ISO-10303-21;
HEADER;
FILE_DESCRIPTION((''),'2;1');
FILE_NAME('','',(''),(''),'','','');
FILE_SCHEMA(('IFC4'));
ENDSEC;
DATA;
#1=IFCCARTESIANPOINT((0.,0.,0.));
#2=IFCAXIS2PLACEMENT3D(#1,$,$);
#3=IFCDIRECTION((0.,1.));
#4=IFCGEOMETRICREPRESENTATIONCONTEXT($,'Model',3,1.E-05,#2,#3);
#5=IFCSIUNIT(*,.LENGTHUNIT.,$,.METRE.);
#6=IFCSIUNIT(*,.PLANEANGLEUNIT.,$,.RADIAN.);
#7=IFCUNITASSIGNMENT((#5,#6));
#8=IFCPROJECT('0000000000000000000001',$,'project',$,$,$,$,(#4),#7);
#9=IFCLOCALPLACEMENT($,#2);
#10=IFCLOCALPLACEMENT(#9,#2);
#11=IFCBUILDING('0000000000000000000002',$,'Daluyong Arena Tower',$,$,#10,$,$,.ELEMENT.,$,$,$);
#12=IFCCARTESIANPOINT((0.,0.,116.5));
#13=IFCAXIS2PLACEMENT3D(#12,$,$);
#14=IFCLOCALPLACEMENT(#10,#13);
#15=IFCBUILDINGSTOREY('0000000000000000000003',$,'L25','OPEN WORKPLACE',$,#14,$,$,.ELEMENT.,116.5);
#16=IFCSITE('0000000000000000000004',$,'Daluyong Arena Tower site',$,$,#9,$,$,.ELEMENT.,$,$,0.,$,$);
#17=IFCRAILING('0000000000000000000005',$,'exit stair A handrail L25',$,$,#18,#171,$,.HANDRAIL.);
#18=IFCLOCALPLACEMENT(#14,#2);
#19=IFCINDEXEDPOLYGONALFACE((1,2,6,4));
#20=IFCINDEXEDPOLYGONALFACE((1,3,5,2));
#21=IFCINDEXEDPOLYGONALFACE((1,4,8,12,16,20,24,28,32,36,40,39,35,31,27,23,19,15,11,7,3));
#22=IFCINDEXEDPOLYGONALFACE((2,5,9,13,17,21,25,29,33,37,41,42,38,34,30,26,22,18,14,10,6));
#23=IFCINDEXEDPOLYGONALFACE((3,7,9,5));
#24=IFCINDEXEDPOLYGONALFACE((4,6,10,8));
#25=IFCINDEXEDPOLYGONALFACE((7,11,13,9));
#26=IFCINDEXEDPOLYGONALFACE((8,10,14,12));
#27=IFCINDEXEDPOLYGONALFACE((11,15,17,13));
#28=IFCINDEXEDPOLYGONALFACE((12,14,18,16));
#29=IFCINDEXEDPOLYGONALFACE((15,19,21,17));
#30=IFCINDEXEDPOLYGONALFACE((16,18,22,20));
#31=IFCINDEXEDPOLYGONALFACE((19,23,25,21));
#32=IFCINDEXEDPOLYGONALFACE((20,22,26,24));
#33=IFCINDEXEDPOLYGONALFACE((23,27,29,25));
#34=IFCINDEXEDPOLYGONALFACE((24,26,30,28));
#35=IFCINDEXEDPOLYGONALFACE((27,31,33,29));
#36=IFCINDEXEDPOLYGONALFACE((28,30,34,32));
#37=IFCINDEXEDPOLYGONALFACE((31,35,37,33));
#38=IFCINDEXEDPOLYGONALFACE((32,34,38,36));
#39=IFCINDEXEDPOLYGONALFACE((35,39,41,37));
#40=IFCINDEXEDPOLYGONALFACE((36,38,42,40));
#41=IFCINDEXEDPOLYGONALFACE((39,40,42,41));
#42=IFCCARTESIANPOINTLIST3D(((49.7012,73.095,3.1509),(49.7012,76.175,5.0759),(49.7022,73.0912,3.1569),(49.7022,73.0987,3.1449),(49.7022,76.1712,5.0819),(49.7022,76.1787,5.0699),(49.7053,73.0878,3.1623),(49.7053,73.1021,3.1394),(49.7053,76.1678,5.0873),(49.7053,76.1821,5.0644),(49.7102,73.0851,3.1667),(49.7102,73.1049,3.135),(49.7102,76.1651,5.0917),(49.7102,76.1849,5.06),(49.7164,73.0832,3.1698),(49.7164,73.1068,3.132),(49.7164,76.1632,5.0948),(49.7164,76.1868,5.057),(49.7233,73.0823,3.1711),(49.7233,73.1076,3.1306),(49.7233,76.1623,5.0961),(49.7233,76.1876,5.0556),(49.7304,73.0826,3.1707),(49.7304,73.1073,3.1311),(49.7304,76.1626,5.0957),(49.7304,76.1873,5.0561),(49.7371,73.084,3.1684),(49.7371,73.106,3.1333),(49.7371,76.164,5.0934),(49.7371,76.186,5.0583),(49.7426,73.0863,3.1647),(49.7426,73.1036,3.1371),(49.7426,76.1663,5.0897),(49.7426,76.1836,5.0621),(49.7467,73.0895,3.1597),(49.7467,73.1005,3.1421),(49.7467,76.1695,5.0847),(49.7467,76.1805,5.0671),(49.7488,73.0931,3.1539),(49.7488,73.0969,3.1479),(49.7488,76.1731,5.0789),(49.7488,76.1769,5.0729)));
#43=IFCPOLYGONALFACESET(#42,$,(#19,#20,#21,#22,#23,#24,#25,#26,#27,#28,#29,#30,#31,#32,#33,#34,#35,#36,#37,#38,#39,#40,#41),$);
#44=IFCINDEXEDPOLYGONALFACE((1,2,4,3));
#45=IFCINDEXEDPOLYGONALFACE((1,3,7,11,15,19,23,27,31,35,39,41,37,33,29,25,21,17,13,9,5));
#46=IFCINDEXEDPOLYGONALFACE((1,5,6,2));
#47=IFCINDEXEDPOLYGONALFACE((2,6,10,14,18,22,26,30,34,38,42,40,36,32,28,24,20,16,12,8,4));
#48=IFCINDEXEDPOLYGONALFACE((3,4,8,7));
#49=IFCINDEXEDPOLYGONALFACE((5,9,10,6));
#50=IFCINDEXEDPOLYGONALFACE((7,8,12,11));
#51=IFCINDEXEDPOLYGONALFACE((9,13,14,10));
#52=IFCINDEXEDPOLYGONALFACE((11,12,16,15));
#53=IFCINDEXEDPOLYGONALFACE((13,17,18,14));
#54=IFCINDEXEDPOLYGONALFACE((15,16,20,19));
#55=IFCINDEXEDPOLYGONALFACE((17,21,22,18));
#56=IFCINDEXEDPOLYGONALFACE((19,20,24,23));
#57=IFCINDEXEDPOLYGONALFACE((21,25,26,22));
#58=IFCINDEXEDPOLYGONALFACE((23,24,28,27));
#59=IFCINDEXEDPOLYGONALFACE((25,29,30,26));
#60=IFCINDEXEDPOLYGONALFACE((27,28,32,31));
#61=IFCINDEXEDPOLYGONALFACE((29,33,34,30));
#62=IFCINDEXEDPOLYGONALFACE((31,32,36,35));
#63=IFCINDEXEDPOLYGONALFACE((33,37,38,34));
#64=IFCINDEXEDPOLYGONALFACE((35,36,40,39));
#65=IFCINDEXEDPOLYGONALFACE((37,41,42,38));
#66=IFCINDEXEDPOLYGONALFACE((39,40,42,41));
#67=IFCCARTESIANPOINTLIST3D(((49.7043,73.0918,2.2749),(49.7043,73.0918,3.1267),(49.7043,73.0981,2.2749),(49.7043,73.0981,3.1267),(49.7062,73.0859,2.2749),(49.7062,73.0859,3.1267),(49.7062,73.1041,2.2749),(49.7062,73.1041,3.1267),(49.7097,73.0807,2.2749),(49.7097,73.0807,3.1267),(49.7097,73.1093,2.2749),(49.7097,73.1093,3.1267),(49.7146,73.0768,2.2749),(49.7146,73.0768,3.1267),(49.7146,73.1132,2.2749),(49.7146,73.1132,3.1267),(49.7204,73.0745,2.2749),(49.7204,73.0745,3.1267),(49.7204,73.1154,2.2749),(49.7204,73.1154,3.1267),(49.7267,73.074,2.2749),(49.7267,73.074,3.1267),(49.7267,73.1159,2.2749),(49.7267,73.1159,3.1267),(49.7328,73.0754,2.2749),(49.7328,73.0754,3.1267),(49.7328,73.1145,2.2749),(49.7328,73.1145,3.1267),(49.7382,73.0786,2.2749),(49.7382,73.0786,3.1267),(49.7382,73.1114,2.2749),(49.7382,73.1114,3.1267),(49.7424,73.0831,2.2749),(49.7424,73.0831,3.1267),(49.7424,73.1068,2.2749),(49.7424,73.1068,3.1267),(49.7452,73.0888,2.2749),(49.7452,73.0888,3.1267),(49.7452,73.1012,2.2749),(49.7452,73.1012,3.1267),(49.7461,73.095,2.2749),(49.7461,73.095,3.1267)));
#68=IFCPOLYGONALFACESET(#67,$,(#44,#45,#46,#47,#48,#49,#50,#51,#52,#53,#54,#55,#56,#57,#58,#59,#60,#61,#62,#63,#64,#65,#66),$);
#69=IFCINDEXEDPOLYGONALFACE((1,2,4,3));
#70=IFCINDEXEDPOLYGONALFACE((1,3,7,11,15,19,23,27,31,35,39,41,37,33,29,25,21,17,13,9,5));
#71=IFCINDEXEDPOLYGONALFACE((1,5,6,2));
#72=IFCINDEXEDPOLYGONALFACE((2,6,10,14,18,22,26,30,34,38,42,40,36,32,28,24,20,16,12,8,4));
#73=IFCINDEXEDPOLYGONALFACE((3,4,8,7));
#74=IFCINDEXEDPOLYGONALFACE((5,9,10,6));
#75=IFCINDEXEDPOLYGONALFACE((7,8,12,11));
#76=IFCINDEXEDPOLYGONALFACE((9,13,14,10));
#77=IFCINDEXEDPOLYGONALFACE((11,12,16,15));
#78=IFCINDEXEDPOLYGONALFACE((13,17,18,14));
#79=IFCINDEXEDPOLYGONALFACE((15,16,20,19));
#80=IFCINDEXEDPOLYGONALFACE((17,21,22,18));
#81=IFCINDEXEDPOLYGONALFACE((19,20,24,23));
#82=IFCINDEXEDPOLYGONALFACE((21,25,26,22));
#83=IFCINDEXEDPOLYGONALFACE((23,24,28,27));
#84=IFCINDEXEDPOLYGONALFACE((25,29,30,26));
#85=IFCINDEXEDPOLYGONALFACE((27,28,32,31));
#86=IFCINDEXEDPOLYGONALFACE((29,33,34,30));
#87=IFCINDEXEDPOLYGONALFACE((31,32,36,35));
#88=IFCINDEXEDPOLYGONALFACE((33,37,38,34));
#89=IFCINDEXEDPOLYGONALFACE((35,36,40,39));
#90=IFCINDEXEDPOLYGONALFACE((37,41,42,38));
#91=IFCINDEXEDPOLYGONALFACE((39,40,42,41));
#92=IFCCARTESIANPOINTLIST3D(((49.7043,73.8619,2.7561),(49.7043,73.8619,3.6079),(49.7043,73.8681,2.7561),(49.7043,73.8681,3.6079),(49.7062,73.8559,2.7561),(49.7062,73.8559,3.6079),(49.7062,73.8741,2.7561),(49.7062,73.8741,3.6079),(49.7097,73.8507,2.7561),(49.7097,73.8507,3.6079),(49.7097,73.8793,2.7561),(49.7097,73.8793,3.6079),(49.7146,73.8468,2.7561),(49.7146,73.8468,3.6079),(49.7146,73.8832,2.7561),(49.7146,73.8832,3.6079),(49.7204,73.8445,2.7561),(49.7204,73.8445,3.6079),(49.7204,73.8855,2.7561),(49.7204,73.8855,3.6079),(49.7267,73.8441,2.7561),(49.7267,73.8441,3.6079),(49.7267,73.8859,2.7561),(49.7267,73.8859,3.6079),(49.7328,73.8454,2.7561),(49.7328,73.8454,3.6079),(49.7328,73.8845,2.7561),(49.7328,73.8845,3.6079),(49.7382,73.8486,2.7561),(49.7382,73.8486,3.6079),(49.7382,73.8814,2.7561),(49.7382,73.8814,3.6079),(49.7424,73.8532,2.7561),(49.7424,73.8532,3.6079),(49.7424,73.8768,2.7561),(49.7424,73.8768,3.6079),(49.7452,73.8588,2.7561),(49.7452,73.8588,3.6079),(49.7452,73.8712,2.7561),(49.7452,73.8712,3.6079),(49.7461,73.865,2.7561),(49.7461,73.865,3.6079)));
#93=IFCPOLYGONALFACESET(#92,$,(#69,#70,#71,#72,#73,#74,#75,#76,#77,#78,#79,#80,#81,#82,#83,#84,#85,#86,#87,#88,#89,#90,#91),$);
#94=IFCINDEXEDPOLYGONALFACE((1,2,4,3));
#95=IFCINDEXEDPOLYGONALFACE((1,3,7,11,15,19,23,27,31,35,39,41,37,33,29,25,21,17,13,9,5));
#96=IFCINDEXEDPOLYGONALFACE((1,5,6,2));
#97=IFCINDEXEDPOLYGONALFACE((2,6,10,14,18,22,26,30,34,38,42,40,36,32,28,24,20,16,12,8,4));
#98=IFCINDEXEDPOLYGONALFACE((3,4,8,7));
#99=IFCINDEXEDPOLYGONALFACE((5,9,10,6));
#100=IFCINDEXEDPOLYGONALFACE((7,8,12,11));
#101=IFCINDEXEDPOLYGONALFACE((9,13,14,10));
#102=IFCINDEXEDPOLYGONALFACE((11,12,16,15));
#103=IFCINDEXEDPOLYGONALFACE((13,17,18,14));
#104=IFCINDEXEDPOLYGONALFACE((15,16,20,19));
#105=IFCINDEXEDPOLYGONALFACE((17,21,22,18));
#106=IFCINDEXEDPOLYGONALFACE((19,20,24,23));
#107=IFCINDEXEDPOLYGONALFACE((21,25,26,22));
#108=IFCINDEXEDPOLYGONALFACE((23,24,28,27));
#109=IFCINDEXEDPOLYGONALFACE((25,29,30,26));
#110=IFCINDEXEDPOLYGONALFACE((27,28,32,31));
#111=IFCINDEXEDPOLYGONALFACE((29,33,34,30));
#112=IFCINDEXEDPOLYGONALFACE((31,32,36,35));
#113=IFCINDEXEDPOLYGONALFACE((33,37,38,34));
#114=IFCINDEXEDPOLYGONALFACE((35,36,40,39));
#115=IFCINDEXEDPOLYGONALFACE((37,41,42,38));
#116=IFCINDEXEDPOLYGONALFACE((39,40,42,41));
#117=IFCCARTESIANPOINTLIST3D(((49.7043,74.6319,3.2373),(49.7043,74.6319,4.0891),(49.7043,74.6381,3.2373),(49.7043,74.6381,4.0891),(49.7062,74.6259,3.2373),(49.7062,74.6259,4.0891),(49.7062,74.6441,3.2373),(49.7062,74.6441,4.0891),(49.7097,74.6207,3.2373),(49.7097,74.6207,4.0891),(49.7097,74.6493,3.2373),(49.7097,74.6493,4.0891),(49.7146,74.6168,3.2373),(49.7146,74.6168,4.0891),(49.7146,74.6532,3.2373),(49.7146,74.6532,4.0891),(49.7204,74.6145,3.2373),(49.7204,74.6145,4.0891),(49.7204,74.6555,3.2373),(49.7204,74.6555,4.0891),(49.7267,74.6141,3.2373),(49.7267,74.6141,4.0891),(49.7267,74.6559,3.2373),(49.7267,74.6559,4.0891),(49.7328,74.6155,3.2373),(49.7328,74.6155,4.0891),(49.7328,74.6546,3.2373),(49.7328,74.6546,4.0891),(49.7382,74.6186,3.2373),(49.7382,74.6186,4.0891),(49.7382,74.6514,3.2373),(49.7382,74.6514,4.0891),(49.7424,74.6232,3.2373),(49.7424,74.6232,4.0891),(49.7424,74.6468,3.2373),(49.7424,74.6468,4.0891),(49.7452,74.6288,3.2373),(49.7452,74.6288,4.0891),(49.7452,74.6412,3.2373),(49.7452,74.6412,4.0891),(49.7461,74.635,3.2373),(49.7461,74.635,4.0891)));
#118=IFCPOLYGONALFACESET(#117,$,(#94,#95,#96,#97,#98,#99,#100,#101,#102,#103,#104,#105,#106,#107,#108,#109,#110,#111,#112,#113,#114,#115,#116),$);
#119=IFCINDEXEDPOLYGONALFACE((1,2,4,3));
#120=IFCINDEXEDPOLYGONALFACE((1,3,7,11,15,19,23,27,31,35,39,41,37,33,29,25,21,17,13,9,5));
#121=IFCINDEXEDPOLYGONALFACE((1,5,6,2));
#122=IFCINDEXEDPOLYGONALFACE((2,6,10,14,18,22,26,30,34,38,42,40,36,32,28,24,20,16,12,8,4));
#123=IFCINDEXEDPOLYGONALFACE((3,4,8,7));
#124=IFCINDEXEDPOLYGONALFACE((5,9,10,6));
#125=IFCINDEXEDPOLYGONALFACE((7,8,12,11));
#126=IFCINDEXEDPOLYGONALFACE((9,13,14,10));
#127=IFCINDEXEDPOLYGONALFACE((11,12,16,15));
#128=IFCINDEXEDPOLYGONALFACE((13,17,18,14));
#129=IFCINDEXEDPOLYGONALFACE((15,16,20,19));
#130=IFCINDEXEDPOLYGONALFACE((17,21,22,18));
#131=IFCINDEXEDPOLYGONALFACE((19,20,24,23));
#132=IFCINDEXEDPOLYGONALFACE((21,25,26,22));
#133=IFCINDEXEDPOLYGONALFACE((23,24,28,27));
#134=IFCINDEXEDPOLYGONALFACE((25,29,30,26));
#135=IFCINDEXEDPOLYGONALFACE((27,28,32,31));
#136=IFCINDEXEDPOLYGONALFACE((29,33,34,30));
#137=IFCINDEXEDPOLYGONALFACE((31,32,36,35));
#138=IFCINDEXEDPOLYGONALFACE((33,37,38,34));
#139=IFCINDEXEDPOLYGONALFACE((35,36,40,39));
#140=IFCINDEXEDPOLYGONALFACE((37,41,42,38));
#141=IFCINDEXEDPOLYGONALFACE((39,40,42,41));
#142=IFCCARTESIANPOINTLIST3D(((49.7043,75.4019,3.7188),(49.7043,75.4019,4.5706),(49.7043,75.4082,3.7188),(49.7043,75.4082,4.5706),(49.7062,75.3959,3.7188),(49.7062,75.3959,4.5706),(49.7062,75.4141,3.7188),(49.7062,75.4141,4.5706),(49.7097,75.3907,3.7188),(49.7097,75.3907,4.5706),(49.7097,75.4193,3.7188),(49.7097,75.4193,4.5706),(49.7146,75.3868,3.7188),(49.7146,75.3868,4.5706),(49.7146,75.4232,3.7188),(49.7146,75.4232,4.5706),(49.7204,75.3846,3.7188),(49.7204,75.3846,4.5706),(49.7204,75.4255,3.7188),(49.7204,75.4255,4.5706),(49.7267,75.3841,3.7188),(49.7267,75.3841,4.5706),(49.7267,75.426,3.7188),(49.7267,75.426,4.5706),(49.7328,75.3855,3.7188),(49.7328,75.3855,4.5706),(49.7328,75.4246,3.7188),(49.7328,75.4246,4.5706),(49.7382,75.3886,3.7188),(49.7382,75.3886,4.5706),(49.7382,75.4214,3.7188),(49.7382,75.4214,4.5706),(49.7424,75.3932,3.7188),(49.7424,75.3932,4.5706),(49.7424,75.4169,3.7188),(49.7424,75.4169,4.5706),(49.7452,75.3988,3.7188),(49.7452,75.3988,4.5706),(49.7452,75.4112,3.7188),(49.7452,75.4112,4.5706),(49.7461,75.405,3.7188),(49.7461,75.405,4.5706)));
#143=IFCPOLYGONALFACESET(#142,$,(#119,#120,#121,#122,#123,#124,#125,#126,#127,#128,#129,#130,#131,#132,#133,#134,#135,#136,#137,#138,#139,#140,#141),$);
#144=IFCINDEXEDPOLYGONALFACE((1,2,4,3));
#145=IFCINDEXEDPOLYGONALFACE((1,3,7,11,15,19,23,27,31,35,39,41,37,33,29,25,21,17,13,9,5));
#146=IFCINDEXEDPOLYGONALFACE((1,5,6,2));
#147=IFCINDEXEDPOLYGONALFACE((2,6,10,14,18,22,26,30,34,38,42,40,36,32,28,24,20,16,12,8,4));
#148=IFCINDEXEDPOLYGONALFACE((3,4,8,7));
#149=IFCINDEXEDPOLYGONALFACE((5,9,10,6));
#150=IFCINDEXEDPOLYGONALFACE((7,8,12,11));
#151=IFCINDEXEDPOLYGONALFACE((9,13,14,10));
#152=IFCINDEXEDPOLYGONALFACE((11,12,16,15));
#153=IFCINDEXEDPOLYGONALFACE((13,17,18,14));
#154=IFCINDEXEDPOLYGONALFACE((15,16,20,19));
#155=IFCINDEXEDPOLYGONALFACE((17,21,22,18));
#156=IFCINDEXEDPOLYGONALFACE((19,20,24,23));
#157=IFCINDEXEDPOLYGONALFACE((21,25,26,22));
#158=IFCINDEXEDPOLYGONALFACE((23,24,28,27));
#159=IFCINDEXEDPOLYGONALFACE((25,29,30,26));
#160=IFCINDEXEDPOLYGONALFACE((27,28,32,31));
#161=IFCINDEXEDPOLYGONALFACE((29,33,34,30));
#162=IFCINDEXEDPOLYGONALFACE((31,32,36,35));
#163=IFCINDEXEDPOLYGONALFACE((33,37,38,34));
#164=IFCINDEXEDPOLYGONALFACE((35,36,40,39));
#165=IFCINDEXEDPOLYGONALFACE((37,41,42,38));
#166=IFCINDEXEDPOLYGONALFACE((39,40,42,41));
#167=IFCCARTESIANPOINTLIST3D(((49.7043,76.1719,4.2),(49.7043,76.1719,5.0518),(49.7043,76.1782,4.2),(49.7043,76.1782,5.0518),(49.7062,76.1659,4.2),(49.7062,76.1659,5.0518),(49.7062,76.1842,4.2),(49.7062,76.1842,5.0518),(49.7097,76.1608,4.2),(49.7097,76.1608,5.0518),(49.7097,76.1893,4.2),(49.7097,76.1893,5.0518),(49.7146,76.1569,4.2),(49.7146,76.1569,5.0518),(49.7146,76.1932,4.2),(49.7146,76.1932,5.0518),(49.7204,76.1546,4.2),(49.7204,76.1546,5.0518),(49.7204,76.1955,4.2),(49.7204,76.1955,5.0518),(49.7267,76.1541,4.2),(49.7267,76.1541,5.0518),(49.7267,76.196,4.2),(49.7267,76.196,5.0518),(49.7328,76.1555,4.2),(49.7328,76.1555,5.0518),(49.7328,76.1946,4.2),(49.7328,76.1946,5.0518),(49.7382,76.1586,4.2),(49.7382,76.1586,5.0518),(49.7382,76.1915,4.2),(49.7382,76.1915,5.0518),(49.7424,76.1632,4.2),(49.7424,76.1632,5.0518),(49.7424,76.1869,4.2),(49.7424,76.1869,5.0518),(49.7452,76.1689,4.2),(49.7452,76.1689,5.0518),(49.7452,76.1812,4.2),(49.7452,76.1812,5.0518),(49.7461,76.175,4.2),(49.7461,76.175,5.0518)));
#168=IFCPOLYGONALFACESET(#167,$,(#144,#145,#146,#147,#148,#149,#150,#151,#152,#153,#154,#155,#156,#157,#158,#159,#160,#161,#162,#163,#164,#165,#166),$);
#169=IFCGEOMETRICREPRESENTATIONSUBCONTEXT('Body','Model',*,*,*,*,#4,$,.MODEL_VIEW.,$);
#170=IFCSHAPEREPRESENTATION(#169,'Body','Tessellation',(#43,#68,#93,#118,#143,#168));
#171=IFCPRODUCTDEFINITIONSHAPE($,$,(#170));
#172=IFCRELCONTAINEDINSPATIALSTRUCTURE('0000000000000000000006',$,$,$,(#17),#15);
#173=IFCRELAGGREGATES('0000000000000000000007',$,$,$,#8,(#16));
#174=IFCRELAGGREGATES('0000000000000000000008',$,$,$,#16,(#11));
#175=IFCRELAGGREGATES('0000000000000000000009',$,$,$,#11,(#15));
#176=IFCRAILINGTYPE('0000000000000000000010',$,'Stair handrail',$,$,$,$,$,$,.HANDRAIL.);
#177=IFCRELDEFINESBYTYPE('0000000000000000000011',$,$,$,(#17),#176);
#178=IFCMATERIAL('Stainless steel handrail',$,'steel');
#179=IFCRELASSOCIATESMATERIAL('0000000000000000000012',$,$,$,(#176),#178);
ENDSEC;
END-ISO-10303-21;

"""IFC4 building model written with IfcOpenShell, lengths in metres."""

from ifc_helpers import new_model, si_unit, direction, frame, origin, origin_2d, place, context, subcontext, project, spatial, circle, extrude, material, type_object, element, save


model = new_model("IFC4")

# Units and contexts
model_context = context("Model", 3, precision=1e-05, world=origin(), true_north=direction((0.0, 1.0)))
body_context = subcontext(model_context, "Body", "Model", "MODEL_VIEW")
ifc_project = project(units=[si_unit("LENGTHUNIT", "METRE"), si_unit("PLANEANGLEUNIT", "RADIAN")], contexts=[model_context])

# Site, building, storey
site_placement = place(None, origin())
site = spatial("IfcSite", under=ifc_project, at=site_placement, Name="Daluyong Arena Tower site", CompositionType="ELEMENT", RefElevation=0.0)
building_placement = place(site_placement, origin())
building = spatial("IfcBuilding", under=site, at=building_placement, Name="Daluyong Arena Tower", CompositionType="ELEMENT")
storey_placement = place(building_placement, frame((0.0, 0.0, 116.5)))
storey = spatial("IfcBuildingStorey", under=building, at=storey_placement, Name="L25", Description="OPEN WORKPLACE", CompositionType="ELEMENT", Elevation=116.5)

# Railing
ifc_material_1 = material(Name="Stainless steel handrail", Category="steel")
railing_type_1 = type_object("IfcRailingType", Name="Stair handrail", PredefinedType="HANDRAIL", material=ifc_material_1)
railing_1_placement = place(storey_placement, frame((49.7251, 73.095, 2.2749)))
element("IfcRailing", 1, at=railing_1_placement, inside=storey, type_object=railing_type_1, Name="exit stair A handrail L25", PredefinedType="HANDRAIL", context=body_context, shape_type="SweptSolid", body=[
    extrude(circle(Radius=0.0239, at=origin_2d()), frame((0.0, 0.0, 0.876), z_axis=(0.0, 0.847998, 0.529999), x_axis=(-1.0, 0.0, 0.0)), (0.0, 0.0, 1.0), 3.6321),
    extrude(circle(Radius=0.021, at=origin_2d()), origin(), (0.0, 0.0, 1.0), 0.8518),
    extrude(circle(Radius=0.021, at=origin_2d()), frame((0.0, 0.77, 0.4812)), (0.0, 0.0, 1.0), 0.8518),
    extrude(circle(Radius=0.021, at=origin_2d()), frame((0.0, 1.54, 0.9624)), (0.0, 0.0, 1.0), 0.8518),
    extrude(circle(Radius=0.021, at=origin_2d()), frame((0.0, 2.3101, 1.4438)), (0.0, 0.0, 1.0), 0.8518),
    extrude(circle(Radius=0.021, at=origin_2d()), frame((0.0, 3.0801, 1.925)), (0.0, 0.0, 1.0), 0.8518),
])

save(model, "model.ifc")
